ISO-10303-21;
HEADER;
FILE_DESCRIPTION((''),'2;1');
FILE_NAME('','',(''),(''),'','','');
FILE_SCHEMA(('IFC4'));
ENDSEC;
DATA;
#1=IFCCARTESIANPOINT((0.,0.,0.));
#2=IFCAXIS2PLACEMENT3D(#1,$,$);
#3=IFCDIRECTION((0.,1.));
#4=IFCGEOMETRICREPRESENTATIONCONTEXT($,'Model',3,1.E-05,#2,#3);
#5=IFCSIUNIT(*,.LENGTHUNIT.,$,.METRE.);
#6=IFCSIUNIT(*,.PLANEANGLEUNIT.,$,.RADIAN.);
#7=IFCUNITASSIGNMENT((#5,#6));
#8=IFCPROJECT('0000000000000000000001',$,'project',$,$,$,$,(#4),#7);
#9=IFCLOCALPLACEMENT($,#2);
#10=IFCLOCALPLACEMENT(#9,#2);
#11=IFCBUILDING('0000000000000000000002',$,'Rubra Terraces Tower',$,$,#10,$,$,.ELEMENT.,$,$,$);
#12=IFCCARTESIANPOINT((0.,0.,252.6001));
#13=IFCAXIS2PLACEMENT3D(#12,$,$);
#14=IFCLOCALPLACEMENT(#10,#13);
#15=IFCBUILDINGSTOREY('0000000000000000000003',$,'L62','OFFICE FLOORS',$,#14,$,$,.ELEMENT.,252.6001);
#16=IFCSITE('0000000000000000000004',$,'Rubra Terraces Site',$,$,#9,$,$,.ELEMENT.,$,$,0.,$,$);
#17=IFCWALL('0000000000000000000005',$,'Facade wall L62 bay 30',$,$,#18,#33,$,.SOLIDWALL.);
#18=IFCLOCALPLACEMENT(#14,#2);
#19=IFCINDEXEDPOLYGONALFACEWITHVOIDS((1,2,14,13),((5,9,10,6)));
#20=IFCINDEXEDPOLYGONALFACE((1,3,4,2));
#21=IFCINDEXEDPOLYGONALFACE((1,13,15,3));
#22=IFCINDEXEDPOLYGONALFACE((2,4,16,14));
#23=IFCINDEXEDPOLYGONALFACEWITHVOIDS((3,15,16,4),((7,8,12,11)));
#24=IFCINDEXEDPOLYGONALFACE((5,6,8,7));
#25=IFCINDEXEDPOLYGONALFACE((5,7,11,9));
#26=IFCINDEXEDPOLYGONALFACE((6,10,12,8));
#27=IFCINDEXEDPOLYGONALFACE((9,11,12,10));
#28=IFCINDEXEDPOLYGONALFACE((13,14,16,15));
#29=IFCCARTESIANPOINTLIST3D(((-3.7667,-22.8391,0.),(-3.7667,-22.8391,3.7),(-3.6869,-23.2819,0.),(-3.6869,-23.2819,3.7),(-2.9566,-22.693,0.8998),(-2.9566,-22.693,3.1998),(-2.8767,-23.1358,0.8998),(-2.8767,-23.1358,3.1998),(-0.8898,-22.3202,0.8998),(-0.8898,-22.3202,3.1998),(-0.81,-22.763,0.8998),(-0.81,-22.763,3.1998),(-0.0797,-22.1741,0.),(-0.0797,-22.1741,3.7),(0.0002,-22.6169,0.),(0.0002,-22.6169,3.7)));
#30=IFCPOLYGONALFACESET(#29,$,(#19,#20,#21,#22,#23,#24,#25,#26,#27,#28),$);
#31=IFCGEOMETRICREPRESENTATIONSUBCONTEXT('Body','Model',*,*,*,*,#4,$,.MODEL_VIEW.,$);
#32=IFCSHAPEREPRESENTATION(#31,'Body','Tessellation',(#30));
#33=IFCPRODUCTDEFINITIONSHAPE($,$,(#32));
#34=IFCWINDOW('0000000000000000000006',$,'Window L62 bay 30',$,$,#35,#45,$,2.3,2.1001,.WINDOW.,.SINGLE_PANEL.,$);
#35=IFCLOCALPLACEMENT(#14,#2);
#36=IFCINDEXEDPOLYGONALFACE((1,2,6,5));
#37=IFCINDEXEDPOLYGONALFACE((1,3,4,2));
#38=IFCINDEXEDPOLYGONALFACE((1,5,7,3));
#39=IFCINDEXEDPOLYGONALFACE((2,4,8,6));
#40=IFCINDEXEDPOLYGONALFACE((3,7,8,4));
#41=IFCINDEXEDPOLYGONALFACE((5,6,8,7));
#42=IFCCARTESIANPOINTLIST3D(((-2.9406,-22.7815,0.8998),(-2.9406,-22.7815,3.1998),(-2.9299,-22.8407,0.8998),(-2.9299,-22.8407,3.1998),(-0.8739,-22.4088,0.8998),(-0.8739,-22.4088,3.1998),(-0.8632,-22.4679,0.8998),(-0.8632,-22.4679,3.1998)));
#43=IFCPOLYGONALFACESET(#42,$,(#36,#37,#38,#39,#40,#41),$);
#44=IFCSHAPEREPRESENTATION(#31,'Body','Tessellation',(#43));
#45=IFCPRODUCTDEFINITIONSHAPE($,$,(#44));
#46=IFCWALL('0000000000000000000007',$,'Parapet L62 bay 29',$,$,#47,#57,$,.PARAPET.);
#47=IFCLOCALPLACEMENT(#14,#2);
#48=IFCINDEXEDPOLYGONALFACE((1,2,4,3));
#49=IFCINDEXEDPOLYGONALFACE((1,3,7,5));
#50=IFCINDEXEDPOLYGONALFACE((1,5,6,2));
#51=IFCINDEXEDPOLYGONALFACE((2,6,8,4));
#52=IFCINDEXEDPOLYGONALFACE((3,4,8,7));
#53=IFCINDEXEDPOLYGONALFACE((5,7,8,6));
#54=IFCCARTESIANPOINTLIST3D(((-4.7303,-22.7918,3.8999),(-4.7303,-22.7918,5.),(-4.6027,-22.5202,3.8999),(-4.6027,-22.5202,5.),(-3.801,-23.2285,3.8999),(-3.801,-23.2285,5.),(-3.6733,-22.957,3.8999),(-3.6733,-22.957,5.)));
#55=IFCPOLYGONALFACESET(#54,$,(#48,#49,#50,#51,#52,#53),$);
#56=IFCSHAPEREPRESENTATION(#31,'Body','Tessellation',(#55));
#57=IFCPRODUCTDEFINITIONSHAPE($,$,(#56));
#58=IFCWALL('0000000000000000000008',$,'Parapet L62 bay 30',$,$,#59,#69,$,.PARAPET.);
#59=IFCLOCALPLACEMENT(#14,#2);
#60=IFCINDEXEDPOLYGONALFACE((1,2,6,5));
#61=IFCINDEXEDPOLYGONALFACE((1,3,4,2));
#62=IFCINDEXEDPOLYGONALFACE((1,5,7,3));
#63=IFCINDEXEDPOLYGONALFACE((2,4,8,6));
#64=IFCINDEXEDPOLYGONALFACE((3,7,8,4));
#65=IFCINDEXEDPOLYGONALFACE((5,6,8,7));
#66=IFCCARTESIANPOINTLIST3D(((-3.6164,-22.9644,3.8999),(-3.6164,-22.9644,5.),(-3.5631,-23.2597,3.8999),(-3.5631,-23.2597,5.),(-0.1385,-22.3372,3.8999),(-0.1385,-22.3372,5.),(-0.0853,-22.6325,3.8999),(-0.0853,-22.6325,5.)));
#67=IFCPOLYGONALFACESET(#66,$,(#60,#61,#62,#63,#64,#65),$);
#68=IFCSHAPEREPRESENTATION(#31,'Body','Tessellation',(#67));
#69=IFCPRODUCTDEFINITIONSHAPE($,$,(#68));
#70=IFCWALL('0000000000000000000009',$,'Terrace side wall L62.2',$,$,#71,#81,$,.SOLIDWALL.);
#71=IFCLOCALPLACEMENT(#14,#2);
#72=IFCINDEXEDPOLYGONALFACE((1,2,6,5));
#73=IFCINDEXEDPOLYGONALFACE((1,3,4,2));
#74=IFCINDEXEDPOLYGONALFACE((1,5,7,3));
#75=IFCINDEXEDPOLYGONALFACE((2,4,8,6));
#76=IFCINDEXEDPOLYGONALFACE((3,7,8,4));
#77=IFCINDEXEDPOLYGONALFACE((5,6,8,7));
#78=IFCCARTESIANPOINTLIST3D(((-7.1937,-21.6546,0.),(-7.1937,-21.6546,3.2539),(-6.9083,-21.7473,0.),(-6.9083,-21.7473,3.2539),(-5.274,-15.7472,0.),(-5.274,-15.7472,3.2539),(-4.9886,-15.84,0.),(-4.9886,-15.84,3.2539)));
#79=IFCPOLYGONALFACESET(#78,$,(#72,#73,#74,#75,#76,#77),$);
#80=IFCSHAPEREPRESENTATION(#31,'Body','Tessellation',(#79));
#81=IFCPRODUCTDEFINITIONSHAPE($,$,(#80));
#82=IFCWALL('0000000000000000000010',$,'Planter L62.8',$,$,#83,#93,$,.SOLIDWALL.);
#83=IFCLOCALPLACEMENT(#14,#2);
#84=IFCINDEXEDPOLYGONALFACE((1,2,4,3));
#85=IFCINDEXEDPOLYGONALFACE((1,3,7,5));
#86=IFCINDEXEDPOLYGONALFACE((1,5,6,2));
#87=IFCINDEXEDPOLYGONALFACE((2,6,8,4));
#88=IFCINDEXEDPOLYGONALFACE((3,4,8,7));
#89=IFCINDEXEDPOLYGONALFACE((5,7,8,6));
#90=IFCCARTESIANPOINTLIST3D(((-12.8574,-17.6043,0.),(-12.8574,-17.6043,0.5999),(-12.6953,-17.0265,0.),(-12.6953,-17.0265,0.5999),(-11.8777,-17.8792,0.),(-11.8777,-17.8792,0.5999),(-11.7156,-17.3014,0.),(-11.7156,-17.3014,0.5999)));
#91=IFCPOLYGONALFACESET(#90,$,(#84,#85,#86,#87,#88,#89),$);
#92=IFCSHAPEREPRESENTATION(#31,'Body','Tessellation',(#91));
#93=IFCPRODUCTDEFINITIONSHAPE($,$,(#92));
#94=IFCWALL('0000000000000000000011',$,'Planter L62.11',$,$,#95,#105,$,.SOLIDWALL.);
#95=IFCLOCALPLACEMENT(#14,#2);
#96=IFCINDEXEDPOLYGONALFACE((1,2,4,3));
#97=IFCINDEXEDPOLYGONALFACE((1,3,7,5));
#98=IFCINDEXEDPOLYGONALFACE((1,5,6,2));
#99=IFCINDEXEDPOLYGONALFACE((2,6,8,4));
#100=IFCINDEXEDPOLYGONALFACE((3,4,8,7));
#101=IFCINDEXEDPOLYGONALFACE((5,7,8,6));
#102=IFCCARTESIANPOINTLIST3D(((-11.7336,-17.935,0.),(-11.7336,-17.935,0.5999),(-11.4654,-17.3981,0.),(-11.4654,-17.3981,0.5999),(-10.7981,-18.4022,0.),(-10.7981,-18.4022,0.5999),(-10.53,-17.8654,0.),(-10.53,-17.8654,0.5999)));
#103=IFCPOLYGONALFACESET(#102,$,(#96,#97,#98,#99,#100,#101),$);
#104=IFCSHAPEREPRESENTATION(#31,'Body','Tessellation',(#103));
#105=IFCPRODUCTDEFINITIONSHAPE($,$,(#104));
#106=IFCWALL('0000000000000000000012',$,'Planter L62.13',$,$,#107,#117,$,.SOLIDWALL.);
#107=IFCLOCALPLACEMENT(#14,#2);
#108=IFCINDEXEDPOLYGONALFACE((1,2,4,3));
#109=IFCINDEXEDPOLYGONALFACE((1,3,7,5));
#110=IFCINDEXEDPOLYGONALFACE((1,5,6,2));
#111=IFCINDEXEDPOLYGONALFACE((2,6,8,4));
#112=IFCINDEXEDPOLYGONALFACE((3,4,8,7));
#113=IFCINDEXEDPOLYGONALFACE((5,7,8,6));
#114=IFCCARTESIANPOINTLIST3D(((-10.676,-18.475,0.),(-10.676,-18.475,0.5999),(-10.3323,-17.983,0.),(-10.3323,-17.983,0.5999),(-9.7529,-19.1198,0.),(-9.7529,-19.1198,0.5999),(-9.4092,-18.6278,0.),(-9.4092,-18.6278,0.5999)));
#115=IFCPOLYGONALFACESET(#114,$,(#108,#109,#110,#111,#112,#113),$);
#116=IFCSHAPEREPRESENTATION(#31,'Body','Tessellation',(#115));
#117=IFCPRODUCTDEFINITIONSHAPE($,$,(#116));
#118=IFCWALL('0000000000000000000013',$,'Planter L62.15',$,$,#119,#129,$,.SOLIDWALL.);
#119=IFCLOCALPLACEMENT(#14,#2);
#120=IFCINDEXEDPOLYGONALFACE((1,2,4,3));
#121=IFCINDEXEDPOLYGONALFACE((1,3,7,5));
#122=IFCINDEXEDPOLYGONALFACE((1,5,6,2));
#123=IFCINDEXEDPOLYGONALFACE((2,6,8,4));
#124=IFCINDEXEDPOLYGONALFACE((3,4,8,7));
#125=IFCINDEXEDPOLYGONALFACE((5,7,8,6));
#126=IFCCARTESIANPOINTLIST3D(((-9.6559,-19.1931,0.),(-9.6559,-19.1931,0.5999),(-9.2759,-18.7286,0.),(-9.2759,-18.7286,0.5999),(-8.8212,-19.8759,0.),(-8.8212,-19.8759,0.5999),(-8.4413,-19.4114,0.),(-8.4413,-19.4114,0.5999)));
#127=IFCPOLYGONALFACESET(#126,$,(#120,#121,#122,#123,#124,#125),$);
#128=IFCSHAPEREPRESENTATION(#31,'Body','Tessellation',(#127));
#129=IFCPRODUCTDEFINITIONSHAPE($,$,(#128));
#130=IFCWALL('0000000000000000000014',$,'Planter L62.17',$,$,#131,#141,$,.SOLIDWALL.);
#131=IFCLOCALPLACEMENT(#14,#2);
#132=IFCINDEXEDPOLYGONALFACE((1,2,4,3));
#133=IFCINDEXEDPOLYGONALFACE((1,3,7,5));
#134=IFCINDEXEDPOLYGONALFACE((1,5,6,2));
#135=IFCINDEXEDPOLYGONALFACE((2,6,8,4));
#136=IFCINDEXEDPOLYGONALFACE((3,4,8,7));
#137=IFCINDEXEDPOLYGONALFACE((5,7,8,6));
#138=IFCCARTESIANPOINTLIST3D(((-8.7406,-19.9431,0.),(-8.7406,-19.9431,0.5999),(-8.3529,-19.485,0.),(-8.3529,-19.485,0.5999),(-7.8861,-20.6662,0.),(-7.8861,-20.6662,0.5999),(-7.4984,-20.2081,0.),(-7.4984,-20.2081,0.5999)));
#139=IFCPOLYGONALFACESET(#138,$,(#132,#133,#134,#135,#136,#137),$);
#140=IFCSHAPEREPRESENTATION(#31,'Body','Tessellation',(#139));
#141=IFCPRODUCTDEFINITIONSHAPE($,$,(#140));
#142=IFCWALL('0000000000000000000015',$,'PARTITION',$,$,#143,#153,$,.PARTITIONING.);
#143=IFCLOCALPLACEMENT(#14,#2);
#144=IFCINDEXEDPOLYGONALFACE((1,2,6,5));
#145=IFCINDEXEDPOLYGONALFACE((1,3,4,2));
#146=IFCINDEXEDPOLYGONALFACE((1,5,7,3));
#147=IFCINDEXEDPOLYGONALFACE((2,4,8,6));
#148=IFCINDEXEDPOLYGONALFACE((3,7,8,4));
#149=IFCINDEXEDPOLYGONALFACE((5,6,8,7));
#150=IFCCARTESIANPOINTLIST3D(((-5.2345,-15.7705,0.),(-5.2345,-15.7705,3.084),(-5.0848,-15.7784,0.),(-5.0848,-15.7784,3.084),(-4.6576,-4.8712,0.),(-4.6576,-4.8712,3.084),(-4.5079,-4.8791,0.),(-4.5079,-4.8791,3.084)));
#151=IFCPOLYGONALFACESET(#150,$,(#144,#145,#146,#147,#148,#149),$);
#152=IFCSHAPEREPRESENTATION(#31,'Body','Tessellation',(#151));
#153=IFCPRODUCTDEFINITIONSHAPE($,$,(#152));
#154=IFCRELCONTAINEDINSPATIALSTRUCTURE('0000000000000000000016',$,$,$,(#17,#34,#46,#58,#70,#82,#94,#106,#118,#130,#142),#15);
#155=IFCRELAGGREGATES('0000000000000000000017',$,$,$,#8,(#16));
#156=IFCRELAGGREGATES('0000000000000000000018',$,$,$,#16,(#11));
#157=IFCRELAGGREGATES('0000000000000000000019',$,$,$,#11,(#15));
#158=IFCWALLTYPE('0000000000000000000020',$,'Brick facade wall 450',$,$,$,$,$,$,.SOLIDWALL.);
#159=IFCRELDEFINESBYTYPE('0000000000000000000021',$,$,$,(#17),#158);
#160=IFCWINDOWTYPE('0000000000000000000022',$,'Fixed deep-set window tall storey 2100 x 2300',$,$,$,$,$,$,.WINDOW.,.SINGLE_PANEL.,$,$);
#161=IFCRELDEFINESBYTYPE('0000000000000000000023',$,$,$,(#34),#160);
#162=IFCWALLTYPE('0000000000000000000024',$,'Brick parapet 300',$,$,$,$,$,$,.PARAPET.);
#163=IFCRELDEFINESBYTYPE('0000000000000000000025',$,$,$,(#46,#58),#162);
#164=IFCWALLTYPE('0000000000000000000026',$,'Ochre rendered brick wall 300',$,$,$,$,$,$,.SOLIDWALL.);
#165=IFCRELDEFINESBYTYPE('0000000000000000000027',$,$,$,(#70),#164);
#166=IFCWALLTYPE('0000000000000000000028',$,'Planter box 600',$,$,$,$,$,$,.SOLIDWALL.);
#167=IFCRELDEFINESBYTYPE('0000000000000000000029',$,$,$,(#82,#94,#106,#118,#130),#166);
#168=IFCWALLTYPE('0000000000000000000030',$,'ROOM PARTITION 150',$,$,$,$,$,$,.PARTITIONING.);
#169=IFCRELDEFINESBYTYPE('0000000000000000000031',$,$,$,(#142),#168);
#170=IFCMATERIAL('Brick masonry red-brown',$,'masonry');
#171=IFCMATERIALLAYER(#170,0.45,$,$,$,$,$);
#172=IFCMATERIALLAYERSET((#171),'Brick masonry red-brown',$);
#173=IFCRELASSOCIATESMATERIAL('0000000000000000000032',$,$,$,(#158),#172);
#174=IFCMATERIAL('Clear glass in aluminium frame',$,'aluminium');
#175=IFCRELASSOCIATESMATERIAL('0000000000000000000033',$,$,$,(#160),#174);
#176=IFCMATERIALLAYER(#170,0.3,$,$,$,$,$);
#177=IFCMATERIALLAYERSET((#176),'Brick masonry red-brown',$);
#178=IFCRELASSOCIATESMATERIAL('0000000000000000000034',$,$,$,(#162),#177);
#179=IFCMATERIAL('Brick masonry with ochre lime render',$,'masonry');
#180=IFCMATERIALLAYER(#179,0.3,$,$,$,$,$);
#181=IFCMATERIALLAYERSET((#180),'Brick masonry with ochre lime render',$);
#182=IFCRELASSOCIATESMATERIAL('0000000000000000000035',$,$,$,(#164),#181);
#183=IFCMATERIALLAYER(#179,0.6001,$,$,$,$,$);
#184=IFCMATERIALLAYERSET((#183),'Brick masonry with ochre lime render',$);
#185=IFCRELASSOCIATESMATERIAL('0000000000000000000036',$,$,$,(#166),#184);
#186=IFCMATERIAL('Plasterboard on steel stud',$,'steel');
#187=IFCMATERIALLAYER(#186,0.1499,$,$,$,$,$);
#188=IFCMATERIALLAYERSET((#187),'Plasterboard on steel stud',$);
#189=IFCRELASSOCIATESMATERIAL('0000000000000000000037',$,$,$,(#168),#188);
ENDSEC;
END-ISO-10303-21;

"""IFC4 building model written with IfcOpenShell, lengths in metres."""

from ifc_helpers import new_model, si_unit, direction, frame, frame_2d, origin, place, context, subcontext, project, spatial, rectangle, extrude, material, layer, layer_set, type_object, element, fill, save


model = new_model("IFC4")

# Units and contexts
model_context = context("Model", 3, precision=1e-05, world=origin(), true_north=direction((0.0, 1.0)))
body_context = subcontext(model_context, "Body", "Model", "MODEL_VIEW")
ifc_project = project(units=[si_unit("LENGTHUNIT", "METRE"), si_unit("PLANEANGLEUNIT", "RADIAN")], contexts=[model_context])

# Site, building, storey
site_placement = place(None, origin())
site = spatial("IfcSite", under=ifc_project, at=site_placement, Name="Rubra Terraces Site", CompositionType="ELEMENT", RefElevation=0.0)
building_placement = place(site_placement, origin())
building = spatial("IfcBuilding", under=site, at=building_placement, Name="Rubra Terraces Tower", CompositionType="ELEMENT")
storey_placement = place(building_placement, frame((0.0, 0.0, 252.6001)))
storey = spatial("IfcBuildingStorey", under=building, at=storey_placement, Name="L62", Description="OFFICE FLOORS", CompositionType="ELEMENT", Elevation=252.6001)

# Wall, opening, window
ifc_material_1 = material(Name="Brick masonry red-brown", Category="masonry")
ifc_layer_1 = layer(ifc_material_1, 0.45)
ifc_layer_set_1 = layer_set([ifc_layer_1], Name="Brick masonry red-brown")
wall_type_1 = type_object("IfcWallType", Name="Brick facade wall 450", PredefinedType="SOLIDWALL", material=ifc_layer_set_1)
ifc_material_2 = material(Name="Clear glass in aluminium frame", Category="aluminium")
window_type = type_object("IfcWindowType", Name="Fixed deep-set window tall storey 2100 x 2300", PartitioningType="SINGLE_PANEL", PredefinedType="WINDOW", material=ifc_material_2)
wall_1_placement = place(storey_placement, frame((-3.7268, -23.0605, 0.0), z_axis=(0.0, 0.0, 1.0), x_axis=(0.984119, 0.177509, 0.0)))
wall_1 = element("IfcWall", 1, at=wall_1_placement, inside=storey, type_object=wall_type_1, Name="Facade wall L62 bay 30", PredefinedType="SOLIDWALL", context=body_context, shape_type="SweptSolid", body=[
    extrude(rectangle(XDim=3.7466, YDim=0.45, at=frame_2d((1.8733, 0.0))), origin(), (0.0, 0.0, 1.0), 3.7),
])
opening_1_placement = place(wall_1_placement, frame((0.8232, 0.0, 0.8999)))
opening_1 = element("IfcOpeningElement", 2, at=opening_1_placement, cuts=wall_1, PredefinedType="OPENING", context=body_context, shape_type="SweptSolid", body=[
    extrude(rectangle(XDim=2.1001, YDim=2.3, at=frame_2d((1.05, 1.1499))), frame((0.0, 0.2349, 0.0), z_axis=(0.0, -1.0, 0.0), x_axis=(1.0, 0.0, 0.0)), (0.0, 0.0, 1.0), 0.47),
])
window_1_placement = place(opening_1_placement, origin())
window_1 = element("IfcWindow", 3, at=window_1_placement, inside=storey, type_object=window_type, Name="Window L62 bay 30", OverallHeight=2.3, OverallWidth=2.1001, PartitioningType="SINGLE_PANEL", PredefinedType="WINDOW", context=body_context, shape_type="SweptSolid", body=[
    extrude(rectangle(XDim=2.1001, YDim=2.3, at=frame_2d((1.05, 1.1499))), frame((0.0, 0.135, 0.0), z_axis=(0.0, -1.0, 0.0), x_axis=(1.0, 0.0, 0.0)), (0.0, 0.0, 1.0), 0.0601),
])
fill(opening_1, window_1)

# Walls
ifc_layer_2 = layer(ifc_material_1, 0.3)
ifc_layer_set_2 = layer_set([ifc_layer_2], Name="Brick masonry red-brown")
wall_type_2 = type_object("IfcWallType", Name="Brick parapet 300", PredefinedType="PARAPET", material=ifc_layer_set_2)
wall_2_placement = place(storey_placement, frame((-4.6665, -22.656, 3.8999), z_axis=(0.0, 0.0, 1.0), x_axis=(0.90505, -0.425305, 0.0)))
element("IfcWall", 4, at=wall_2_placement, inside=storey, type_object=wall_type_2, Name="Parapet L62 bay 29", PredefinedType="PARAPET", context=body_context, shape_type="SweptSolid", body=[
    extrude(rectangle(XDim=1.0269, YDim=0.3, at=frame_2d((0.5134, 0.0))), origin(), (0.0, 0.0, 1.0), 1.1001),
])
wall_3_placement = place(storey_placement, frame((-3.5898, -23.1121, 3.8999), z_axis=(0.0, 0.0, 1.0), x_axis=(0.984124, 0.177481, 0.0)))
element("IfcWall", 5, at=wall_3_placement, inside=storey, type_object=wall_type_2, Name="Parapet L62 bay 30", PredefinedType="PARAPET", context=body_context, shape_type="SweptSolid", body=[
    extrude(rectangle(XDim=3.5339, YDim=0.3, at=frame_2d((1.7671, 0.0))), origin(), (0.0, 0.0, 1.0), 1.1001),
])
ifc_material_3 = material(Name="Brick masonry with ochre lime render", Category="masonry")
ifc_layer_3 = layer(ifc_material_3, 0.3)
ifc_layer_set_3 = layer_set([ifc_layer_3], Name="Brick masonry with ochre lime render")
wall_type_3 = type_object("IfcWallType", Name="Ochre rendered brick wall 300", PredefinedType="SOLIDWALL", material=ifc_layer_set_3)
wall_4_placement = place(storey_placement, frame((-7.051, -21.7009, 0.0), z_axis=(0.0, 0.0, 1.0), x_axis=(0.309061, 0.951042, 0.0)))
element("IfcWall", 6, at=wall_4_placement, inside=storey, type_object=wall_type_3, Name="Terrace side wall L62.2", PredefinedType="SOLIDWALL", context=body_context, shape_type="SweptSolid", body=[
    extrude(rectangle(XDim=6.2114, YDim=0.3, at=frame_2d((3.1057, 0.0))), origin(), (0.0, 0.0, 1.0), 3.2539),
])

# Walls
ifc_layer_4 = layer(ifc_material_3, 0.6001)
ifc_layer_set_4 = layer_set([ifc_layer_4], Name="Brick masonry with ochre lime render")
wall_type_4 = type_object("IfcWallType", Name="Planter box 600", PredefinedType="SOLIDWALL", material=ifc_layer_set_4)
wall_5_placement = place(storey_placement, frame((-12.7764, -17.3154, 0.0), z_axis=(0.0, 0.0, 1.0), x_axis=(0.962817, -0.270155, 0.0)))
element("IfcWall", 7, at=wall_5_placement, inside=storey, type_object=wall_type_4, Name="Planter L62.8", PredefinedType="SOLIDWALL", context=body_context, shape_type="SweptSolid", body=[
    extrude(rectangle(XDim=1.0176, YDim=0.6001, at=frame_2d((0.5088, 0.0))), origin(), (0.0, 0.0, 1.0), 0.5999),
])
wall_6_placement = place(storey_placement, frame((-11.5996, -17.6665, 0.0), z_axis=(0.0, 0.0, 1.0), x_axis=(0.894614, -0.44684, 0.0)))
element("IfcWall", 8, at=wall_6_placement, inside=storey, type_object=wall_type_4, Name="Planter L62.11", PredefinedType="SOLIDWALL", context=body_context, shape_type="SweptSolid", body=[
    extrude(rectangle(XDim=1.0457, YDim=0.6001, at=frame_2d((0.5229, 0.0))), origin(), (0.0, 0.0, 1.0), 0.5999),
])
wall_7_placement = place(storey_placement, frame((-10.5042, -18.229, 0.0), z_axis=(0.0, 0.0, 1.0), x_axis=(0.819812, -0.572633, 0.0)))
element("IfcWall", 9, at=wall_7_placement, inside=storey, type_object=wall_type_4, Name="Planter L62.13", PredefinedType="SOLIDWALL", context=body_context, shape_type="SweptSolid", body=[
    extrude(rectangle(XDim=1.126, YDim=0.6001, at=frame_2d((0.563, 0.0))), origin(), (0.0, 0.0, 1.0), 0.5999),
])
wall_8_placement = place(storey_placement, frame((-9.4658, -18.9609, 0.0), z_axis=(0.0, 0.0, 1.0), x_axis=(0.773998, -0.633188, 0.0)))
element("IfcWall", 10, at=wall_8_placement, inside=storey, type_object=wall_type_4, Name="Planter L62.15", PredefinedType="SOLIDWALL", context=body_context, shape_type="SweptSolid", body=[
    extrude(rectangle(XDim=1.0784, YDim=0.6001, at=frame_2d((0.5391, 0.0))), origin(), (0.0, 0.0, 1.0), 0.5999),
])
wall_9_placement = place(storey_placement, frame((-8.5466, -19.7141, 0.0), z_axis=(0.0, 0.0, 1.0), x_axis=(0.763337, -0.646001, 0.0)))
element("IfcWall", 11, at=wall_9_placement, inside=storey, type_object=wall_type_4, Name="Planter L62.17", PredefinedType="SOLIDWALL", context=body_context, shape_type="SweptSolid", body=[
    extrude(rectangle(XDim=1.1194, YDim=0.6001, at=frame_2d((0.5596, 0.0))), origin(), (0.0, 0.0, 1.0), 0.5999),
])
ifc_material_4 = material(Name="Plasterboard on steel stud", Category="steel")
ifc_layer_5 = layer(ifc_material_4, 0.1499)
ifc_layer_set_5 = layer_set([ifc_layer_5], Name="Plasterboard on steel stud")
wall_type_5 = type_object("IfcWallType", Name="ROOM PARTITION 150", PredefinedType="PARTITIONING", material=ifc_layer_set_5)
wall_10_placement = place(storey_placement, frame((-5.1597, -15.7744, 0.0), z_axis=(0.0, 0.0, 1.0), x_axis=(0.052856, 0.998602, 0.0)))
element("IfcWall", 12, at=wall_10_placement, inside=storey, type_object=wall_type_5, Name="PARTITION", PredefinedType="PARTITIONING", context=body_context, shape_type="SweptSolid", body=[
    extrude(rectangle(XDim=10.9146, YDim=0.1499, at=frame_2d((5.4573, 0.0))), origin(), (0.0, 0.0, 1.0), 3.084),
])

save(model, "model.ifc")
